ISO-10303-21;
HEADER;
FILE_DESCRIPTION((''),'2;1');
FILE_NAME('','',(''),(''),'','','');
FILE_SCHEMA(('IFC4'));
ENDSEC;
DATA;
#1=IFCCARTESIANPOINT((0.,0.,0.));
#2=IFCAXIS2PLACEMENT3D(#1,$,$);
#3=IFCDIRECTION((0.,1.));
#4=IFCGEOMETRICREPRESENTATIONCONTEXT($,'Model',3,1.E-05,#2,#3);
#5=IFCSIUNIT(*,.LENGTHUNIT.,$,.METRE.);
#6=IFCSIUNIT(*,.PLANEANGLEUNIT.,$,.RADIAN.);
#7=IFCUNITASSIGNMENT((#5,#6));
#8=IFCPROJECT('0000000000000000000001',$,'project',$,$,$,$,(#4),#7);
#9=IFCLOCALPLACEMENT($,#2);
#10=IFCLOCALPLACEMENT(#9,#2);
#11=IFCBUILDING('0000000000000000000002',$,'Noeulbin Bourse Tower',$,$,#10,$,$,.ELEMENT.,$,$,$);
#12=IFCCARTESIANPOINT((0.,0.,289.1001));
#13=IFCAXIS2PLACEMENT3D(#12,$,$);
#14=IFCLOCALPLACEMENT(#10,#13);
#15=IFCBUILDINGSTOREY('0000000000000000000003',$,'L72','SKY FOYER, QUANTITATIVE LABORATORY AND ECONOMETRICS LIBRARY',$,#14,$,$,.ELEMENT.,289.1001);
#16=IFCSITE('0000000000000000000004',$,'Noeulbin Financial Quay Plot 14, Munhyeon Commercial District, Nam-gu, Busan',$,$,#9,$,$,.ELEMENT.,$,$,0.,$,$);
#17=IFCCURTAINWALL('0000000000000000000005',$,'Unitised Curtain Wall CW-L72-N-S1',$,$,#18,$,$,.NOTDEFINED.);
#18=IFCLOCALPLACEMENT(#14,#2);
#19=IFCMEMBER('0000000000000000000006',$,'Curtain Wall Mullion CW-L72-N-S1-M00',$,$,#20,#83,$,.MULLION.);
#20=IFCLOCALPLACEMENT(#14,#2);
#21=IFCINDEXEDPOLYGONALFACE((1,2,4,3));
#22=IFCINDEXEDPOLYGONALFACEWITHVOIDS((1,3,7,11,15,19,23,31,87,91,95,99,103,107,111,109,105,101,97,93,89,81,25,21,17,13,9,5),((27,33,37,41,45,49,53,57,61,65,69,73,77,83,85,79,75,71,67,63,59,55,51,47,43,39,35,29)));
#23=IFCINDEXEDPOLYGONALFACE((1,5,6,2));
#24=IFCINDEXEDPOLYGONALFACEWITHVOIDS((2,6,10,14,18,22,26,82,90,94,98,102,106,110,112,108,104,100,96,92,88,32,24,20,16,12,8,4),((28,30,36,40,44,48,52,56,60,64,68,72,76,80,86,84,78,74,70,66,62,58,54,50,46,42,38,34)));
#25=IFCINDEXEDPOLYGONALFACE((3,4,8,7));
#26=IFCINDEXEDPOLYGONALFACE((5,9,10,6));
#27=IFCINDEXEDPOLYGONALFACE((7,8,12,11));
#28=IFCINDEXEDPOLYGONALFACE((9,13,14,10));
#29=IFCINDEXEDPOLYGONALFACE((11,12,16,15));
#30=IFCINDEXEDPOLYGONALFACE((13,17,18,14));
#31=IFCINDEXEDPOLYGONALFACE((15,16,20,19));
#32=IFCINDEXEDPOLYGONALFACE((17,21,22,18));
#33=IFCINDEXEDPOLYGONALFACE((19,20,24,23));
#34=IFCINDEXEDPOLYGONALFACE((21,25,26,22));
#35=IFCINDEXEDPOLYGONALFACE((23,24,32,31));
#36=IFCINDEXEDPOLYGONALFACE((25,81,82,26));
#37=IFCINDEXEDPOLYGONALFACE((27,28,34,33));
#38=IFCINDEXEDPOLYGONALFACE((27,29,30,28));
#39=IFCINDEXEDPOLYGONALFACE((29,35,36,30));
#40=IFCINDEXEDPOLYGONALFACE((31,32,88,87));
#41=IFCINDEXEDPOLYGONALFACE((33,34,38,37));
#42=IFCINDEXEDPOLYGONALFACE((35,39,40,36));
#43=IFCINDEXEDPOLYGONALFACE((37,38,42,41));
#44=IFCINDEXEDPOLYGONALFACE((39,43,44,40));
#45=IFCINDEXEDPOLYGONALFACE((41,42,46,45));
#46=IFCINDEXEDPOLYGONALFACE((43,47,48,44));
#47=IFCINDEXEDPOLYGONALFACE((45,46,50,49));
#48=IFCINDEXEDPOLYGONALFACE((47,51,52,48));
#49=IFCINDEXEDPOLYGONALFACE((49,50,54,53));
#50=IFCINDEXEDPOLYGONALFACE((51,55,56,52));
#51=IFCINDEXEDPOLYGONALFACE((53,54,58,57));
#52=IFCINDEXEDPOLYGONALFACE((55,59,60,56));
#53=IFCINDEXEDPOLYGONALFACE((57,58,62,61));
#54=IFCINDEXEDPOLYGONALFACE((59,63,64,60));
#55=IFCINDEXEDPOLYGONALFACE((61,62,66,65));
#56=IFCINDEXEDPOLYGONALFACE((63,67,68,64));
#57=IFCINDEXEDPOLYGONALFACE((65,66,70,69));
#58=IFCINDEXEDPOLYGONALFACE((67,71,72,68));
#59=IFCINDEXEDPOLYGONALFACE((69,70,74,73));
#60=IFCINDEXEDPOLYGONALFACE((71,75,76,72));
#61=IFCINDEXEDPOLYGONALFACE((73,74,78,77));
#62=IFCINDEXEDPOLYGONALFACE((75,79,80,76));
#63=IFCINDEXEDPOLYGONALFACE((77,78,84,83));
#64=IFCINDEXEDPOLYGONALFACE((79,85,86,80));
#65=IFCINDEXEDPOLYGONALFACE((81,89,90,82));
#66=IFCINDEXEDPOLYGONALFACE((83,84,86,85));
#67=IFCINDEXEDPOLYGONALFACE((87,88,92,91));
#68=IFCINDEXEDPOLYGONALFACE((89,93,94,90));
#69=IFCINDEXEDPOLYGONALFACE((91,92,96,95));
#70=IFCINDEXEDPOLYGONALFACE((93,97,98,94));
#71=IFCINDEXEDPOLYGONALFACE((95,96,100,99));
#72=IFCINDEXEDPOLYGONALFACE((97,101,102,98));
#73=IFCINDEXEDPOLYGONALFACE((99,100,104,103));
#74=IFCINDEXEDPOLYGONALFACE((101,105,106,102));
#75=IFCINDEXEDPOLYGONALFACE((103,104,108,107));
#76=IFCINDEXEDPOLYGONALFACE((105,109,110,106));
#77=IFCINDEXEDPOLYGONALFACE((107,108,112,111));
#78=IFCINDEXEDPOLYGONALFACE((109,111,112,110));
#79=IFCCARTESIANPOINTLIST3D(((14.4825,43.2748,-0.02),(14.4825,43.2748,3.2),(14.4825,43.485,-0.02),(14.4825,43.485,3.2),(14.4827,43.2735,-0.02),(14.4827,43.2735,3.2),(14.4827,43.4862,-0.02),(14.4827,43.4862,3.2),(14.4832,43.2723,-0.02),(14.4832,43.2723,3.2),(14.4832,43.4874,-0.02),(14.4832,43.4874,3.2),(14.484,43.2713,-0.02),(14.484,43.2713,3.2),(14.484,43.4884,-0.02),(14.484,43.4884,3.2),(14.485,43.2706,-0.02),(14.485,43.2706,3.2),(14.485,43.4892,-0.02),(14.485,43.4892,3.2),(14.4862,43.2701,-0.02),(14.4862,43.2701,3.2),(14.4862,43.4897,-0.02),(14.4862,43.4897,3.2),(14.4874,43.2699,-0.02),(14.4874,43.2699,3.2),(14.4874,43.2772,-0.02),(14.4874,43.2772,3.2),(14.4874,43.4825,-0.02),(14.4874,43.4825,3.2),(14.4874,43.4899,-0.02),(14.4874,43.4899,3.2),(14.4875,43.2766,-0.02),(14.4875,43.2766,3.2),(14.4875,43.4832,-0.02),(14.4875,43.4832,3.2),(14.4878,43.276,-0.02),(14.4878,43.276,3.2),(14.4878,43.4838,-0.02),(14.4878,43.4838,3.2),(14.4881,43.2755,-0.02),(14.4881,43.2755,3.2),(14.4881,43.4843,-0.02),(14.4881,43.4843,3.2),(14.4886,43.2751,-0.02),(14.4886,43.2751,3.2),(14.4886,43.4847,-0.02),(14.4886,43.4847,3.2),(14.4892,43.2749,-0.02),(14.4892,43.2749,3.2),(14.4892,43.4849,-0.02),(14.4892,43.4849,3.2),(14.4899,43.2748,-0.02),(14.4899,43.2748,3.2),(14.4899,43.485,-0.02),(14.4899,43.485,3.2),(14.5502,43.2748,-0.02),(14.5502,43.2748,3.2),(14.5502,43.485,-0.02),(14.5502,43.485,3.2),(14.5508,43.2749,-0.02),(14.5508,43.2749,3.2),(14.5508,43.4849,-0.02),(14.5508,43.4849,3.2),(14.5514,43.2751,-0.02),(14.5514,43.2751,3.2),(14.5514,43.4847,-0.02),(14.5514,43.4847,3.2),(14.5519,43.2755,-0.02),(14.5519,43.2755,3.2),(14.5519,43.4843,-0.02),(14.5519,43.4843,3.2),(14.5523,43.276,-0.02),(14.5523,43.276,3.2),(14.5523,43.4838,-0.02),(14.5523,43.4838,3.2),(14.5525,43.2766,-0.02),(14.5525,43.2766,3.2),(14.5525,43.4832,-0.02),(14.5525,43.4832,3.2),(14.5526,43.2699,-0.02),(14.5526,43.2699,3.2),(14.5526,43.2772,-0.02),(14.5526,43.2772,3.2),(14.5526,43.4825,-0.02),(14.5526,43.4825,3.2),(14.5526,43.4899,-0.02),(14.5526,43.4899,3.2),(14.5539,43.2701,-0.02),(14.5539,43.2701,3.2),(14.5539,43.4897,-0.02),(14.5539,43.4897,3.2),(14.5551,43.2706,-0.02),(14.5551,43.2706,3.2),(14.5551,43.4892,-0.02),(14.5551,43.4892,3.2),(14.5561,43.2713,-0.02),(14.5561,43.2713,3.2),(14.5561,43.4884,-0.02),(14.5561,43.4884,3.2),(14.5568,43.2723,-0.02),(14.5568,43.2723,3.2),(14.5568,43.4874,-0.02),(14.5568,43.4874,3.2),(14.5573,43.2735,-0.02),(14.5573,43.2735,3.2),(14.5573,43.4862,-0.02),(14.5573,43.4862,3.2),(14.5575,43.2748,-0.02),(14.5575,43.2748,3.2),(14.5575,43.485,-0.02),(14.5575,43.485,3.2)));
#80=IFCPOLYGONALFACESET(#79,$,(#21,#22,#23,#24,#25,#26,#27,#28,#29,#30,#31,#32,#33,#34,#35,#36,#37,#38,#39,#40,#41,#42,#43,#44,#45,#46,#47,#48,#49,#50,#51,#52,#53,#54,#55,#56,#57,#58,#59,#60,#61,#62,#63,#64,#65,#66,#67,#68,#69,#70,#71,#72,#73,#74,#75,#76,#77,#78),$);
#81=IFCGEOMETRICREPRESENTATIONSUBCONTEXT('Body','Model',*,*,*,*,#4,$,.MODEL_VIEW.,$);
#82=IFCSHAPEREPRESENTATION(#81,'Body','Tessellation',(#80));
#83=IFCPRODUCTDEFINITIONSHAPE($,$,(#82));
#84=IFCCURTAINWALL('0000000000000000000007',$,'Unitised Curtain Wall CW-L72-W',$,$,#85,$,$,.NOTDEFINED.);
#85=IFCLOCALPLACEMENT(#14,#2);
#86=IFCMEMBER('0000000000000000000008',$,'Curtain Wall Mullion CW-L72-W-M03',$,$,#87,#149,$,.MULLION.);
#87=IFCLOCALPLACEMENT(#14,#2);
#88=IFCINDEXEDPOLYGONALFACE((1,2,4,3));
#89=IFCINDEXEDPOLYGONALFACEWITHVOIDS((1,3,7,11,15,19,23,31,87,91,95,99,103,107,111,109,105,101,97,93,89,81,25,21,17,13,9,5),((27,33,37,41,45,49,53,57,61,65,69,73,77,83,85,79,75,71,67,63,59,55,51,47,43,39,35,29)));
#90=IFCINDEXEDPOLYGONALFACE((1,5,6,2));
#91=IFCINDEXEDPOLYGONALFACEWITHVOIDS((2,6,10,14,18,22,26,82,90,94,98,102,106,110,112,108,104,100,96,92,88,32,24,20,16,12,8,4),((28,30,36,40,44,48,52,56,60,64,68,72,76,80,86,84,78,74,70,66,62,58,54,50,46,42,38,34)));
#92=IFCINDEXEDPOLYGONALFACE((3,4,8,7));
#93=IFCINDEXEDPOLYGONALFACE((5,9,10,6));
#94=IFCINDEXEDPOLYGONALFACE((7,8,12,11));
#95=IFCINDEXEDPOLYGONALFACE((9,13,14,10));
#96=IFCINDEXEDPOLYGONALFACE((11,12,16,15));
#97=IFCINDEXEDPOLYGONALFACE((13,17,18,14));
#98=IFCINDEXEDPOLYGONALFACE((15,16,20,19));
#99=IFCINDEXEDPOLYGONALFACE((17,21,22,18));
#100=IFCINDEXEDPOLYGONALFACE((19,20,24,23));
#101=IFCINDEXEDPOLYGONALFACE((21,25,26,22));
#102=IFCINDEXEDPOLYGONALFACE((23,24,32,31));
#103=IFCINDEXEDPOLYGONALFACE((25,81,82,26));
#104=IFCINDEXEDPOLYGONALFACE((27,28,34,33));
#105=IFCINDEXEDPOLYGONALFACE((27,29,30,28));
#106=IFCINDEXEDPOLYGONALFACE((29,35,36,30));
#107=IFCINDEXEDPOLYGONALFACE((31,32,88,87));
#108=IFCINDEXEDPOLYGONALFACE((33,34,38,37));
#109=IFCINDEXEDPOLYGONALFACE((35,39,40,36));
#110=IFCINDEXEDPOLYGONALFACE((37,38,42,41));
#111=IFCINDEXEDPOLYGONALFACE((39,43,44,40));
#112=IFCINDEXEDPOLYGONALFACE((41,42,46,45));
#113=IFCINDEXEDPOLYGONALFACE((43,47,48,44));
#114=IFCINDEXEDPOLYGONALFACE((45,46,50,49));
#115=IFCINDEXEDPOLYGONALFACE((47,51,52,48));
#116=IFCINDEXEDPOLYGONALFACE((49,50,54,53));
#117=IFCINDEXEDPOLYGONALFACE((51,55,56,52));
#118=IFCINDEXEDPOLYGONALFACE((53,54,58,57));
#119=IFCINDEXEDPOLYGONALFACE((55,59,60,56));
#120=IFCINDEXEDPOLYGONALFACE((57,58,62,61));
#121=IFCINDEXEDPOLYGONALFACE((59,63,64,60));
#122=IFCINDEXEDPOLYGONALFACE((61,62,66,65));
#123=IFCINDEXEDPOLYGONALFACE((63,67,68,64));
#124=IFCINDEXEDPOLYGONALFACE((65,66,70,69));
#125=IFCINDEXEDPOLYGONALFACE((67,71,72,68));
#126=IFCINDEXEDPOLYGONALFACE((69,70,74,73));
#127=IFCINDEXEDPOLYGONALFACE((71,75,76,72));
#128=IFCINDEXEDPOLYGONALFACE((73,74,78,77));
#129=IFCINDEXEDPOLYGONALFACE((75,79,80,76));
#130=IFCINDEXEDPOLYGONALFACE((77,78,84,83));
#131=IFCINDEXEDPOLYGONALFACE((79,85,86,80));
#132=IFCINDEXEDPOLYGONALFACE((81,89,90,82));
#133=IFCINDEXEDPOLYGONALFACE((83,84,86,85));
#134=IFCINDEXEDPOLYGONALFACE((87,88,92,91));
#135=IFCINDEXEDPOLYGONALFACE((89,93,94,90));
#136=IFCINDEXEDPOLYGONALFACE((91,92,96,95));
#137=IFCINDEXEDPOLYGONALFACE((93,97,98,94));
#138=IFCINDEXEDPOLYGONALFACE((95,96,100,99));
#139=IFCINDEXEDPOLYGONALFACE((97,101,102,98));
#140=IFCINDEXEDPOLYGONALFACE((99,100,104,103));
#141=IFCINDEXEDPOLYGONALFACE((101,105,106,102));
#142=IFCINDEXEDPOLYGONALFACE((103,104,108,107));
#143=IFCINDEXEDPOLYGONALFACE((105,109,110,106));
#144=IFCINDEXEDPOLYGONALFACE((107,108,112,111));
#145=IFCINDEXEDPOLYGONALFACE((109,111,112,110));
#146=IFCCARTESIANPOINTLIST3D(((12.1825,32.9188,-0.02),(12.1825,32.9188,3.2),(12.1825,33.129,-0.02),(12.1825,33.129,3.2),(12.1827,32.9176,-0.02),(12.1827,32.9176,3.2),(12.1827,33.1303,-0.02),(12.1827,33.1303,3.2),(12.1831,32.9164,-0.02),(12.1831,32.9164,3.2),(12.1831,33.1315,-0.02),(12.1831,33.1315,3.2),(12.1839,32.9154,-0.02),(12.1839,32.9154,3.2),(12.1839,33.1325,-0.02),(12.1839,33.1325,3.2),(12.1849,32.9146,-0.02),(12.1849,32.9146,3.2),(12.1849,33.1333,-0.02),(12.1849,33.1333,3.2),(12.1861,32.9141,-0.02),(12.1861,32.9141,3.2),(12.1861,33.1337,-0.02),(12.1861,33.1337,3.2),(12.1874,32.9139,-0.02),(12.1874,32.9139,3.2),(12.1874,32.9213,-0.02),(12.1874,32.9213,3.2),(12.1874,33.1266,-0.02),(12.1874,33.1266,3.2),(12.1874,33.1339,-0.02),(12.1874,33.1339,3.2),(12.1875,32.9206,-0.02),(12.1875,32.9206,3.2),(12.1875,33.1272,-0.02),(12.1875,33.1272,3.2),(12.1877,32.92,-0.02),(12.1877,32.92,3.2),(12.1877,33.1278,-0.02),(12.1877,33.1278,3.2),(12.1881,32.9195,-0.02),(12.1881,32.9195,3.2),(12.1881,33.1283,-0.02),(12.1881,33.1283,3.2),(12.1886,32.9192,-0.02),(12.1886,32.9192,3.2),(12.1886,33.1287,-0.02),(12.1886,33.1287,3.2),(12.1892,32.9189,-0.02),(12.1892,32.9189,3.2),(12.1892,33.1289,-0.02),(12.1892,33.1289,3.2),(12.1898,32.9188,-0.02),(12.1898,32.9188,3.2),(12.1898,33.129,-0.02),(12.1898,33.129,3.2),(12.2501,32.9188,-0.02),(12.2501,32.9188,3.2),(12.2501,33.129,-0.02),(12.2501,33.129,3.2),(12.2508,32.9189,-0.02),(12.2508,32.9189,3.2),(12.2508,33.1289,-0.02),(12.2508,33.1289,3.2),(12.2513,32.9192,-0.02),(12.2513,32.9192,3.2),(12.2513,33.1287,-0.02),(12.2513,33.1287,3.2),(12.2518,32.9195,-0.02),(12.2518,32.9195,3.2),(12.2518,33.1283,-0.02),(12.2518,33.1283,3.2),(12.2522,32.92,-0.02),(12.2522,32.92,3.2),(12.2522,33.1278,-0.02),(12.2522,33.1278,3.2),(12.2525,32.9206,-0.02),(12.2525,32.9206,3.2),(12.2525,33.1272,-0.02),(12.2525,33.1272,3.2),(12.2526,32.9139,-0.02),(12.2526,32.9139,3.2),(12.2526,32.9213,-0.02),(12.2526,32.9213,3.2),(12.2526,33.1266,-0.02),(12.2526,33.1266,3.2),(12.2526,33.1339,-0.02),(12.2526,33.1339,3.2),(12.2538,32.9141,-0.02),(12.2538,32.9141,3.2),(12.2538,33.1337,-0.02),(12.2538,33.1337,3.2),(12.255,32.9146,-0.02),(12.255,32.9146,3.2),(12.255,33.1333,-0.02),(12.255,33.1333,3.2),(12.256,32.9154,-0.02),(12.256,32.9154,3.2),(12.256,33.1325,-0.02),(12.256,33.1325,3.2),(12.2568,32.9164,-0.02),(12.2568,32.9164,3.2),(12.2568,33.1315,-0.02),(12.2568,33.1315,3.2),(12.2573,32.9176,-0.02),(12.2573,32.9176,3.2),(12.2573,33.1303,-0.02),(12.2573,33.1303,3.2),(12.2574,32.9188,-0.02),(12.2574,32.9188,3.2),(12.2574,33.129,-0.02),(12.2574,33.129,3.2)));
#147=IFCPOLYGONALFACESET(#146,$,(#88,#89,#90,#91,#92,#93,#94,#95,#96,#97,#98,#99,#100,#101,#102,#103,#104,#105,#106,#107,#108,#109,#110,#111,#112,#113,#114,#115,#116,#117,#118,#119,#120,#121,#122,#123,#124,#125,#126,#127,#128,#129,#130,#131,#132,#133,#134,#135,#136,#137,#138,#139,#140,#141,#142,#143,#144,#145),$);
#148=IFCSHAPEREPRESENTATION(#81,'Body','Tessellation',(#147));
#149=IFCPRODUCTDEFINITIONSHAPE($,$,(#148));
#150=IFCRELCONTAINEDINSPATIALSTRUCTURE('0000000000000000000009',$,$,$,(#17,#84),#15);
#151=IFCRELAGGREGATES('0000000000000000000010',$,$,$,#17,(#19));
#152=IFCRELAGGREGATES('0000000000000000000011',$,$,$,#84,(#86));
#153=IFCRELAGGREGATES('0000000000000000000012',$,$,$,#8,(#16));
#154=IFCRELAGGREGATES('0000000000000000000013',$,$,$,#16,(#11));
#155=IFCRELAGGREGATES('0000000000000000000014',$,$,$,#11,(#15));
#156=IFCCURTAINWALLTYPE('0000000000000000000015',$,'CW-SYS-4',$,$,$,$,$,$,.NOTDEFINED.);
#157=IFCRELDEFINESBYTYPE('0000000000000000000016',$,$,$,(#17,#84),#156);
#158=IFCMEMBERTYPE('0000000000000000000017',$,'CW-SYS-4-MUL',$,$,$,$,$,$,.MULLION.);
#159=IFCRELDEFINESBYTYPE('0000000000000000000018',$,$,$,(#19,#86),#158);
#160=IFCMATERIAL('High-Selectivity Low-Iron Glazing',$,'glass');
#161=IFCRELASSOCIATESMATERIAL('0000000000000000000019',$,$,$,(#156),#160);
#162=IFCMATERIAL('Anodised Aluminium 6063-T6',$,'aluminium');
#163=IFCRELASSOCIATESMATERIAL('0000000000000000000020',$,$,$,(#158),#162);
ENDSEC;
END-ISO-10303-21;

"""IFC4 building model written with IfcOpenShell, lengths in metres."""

from ifc_helpers import new_model, si_unit, direction, frame, origin, origin_2d, place, context, subcontext, project, spatial, hollow_rectangle, extrude, material, material_profile, profile_set, type_object, element, aggregate, save


model = new_model("IFC4")

# Units and contexts
model_context = context("Model", 3, precision=1e-05, world=origin(), true_north=direction((0.0, 1.0)))
body_context = subcontext(model_context, "Body", "Model", "MODEL_VIEW")
ifc_project = project(units=[si_unit("LENGTHUNIT", "METRE"), si_unit("PLANEANGLEUNIT", "RADIAN")], contexts=[model_context])

# Site, building, storey
site_placement = place(None, origin())
site = spatial("IfcSite", under=ifc_project, at=site_placement, Name="Noeulbin Financial Quay Plot 14, Munhyeon Commercial District, Nam-gu, Busan", CompositionType="ELEMENT", RefElevation=0.0)
building_placement = place(site_placement, origin())
building = spatial("IfcBuilding", under=site, at=building_placement, Name="Noeulbin Bourse Tower", CompositionType="ELEMENT")
storey_placement = place(building_placement, frame((0.0, 0.0, 289.1001)))
storey = spatial("IfcBuildingStorey", under=building, at=storey_placement, Name="L72", Description="SKY FOYER, QUANTITATIVE LABORATORY AND ECONOMETRICS LIBRARY", CompositionType="ELEMENT", Elevation=289.1001)

# Curtain wall, member
ifc_material_1 = material(Name="High-Selectivity Low-Iron Glazing", Category="glass")
curtain_wall_type = type_object("IfcCurtainWallType", Name="CW-SYS-4", PredefinedType="NOTDEFINED", material=ifc_material_1)
curtain_wall_1_placement = place(storey_placement, origin())
curtain_wall_1 = element("IfcCurtainWall", 1, at=curtain_wall_1_placement, inside=storey, type_object=curtain_wall_type, Name="Unitised Curtain Wall CW-L72-N-S1", PredefinedType="NOTDEFINED")
ifc_material_2 = material(Name="Anodised Aluminium 6063-T6", Category="aluminium")
ifc_material_profile_1 = material_profile(ifc_material_2, hollow_rectangle(XDim=0.075, YDim=0.22, WallThickness=0.0049, InnerFilletRadius=0.0024, OuterFilletRadius=0.0049, at=origin_2d()), Name="ALU-MULL-75x220x5", Category="LoadBearing")
ifc_profile_set_1 = profile_set([ifc_material_profile_1], Name="Anodised Aluminium 6063-T6")
member_type_1 = type_object("IfcMemberType", Name="CW-SYS-4-MUL", PredefinedType="MULLION", material=ifc_profile_set_1)
member_1_placement = place(storey_placement, frame((14.52, 43.3799, -0.02), z_axis=(0.0, 0.0, 1.0), x_axis=(1.0, 0.0, 0.0)))
member_1 = element("IfcMember", 2, at=member_1_placement, type_object=member_type_1, Name="Curtain Wall Mullion CW-L72-N-S1-M00", PredefinedType="MULLION", context=body_context, shape_type="SweptSolid", body=[
    extrude(hollow_rectangle(XDim=0.075, YDim=0.22, WallThickness=0.0049, InnerFilletRadius=0.0024, OuterFilletRadius=0.0049, at=origin_2d()), origin(), (0.0, 0.0, 1.0), 3.22),
])

# Curtain wall, member
curtain_wall_2_placement = place(storey_placement, origin())
curtain_wall_2 = element("IfcCurtainWall", 3, at=curtain_wall_2_placement, inside=storey, type_object=curtain_wall_type, Name="Unitised Curtain Wall CW-L72-W", PredefinedType="NOTDEFINED")
member_2_placement = place(storey_placement, frame((12.22, 33.0239, -0.02), z_axis=(0.0, 0.0, 1.0), x_axis=(1.0, 0.0, 0.0)))
member_2 = element("IfcMember", 4, at=member_2_placement, type_object=member_type_1, Name="Curtain Wall Mullion CW-L72-W-M03", PredefinedType="MULLION", context=body_context, shape_type="SweptSolid", body=[
    extrude(hollow_rectangle(XDim=0.075, YDim=0.22, WallThickness=0.0049, InnerFilletRadius=0.0024, OuterFilletRadius=0.0049, at=origin_2d()), origin(), (0.0, 0.0, 1.0), 3.22),
])

aggregate(curtain_wall_1, [member_1])
aggregate(curtain_wall_2, [member_2])

save(model, "model.ifc")
